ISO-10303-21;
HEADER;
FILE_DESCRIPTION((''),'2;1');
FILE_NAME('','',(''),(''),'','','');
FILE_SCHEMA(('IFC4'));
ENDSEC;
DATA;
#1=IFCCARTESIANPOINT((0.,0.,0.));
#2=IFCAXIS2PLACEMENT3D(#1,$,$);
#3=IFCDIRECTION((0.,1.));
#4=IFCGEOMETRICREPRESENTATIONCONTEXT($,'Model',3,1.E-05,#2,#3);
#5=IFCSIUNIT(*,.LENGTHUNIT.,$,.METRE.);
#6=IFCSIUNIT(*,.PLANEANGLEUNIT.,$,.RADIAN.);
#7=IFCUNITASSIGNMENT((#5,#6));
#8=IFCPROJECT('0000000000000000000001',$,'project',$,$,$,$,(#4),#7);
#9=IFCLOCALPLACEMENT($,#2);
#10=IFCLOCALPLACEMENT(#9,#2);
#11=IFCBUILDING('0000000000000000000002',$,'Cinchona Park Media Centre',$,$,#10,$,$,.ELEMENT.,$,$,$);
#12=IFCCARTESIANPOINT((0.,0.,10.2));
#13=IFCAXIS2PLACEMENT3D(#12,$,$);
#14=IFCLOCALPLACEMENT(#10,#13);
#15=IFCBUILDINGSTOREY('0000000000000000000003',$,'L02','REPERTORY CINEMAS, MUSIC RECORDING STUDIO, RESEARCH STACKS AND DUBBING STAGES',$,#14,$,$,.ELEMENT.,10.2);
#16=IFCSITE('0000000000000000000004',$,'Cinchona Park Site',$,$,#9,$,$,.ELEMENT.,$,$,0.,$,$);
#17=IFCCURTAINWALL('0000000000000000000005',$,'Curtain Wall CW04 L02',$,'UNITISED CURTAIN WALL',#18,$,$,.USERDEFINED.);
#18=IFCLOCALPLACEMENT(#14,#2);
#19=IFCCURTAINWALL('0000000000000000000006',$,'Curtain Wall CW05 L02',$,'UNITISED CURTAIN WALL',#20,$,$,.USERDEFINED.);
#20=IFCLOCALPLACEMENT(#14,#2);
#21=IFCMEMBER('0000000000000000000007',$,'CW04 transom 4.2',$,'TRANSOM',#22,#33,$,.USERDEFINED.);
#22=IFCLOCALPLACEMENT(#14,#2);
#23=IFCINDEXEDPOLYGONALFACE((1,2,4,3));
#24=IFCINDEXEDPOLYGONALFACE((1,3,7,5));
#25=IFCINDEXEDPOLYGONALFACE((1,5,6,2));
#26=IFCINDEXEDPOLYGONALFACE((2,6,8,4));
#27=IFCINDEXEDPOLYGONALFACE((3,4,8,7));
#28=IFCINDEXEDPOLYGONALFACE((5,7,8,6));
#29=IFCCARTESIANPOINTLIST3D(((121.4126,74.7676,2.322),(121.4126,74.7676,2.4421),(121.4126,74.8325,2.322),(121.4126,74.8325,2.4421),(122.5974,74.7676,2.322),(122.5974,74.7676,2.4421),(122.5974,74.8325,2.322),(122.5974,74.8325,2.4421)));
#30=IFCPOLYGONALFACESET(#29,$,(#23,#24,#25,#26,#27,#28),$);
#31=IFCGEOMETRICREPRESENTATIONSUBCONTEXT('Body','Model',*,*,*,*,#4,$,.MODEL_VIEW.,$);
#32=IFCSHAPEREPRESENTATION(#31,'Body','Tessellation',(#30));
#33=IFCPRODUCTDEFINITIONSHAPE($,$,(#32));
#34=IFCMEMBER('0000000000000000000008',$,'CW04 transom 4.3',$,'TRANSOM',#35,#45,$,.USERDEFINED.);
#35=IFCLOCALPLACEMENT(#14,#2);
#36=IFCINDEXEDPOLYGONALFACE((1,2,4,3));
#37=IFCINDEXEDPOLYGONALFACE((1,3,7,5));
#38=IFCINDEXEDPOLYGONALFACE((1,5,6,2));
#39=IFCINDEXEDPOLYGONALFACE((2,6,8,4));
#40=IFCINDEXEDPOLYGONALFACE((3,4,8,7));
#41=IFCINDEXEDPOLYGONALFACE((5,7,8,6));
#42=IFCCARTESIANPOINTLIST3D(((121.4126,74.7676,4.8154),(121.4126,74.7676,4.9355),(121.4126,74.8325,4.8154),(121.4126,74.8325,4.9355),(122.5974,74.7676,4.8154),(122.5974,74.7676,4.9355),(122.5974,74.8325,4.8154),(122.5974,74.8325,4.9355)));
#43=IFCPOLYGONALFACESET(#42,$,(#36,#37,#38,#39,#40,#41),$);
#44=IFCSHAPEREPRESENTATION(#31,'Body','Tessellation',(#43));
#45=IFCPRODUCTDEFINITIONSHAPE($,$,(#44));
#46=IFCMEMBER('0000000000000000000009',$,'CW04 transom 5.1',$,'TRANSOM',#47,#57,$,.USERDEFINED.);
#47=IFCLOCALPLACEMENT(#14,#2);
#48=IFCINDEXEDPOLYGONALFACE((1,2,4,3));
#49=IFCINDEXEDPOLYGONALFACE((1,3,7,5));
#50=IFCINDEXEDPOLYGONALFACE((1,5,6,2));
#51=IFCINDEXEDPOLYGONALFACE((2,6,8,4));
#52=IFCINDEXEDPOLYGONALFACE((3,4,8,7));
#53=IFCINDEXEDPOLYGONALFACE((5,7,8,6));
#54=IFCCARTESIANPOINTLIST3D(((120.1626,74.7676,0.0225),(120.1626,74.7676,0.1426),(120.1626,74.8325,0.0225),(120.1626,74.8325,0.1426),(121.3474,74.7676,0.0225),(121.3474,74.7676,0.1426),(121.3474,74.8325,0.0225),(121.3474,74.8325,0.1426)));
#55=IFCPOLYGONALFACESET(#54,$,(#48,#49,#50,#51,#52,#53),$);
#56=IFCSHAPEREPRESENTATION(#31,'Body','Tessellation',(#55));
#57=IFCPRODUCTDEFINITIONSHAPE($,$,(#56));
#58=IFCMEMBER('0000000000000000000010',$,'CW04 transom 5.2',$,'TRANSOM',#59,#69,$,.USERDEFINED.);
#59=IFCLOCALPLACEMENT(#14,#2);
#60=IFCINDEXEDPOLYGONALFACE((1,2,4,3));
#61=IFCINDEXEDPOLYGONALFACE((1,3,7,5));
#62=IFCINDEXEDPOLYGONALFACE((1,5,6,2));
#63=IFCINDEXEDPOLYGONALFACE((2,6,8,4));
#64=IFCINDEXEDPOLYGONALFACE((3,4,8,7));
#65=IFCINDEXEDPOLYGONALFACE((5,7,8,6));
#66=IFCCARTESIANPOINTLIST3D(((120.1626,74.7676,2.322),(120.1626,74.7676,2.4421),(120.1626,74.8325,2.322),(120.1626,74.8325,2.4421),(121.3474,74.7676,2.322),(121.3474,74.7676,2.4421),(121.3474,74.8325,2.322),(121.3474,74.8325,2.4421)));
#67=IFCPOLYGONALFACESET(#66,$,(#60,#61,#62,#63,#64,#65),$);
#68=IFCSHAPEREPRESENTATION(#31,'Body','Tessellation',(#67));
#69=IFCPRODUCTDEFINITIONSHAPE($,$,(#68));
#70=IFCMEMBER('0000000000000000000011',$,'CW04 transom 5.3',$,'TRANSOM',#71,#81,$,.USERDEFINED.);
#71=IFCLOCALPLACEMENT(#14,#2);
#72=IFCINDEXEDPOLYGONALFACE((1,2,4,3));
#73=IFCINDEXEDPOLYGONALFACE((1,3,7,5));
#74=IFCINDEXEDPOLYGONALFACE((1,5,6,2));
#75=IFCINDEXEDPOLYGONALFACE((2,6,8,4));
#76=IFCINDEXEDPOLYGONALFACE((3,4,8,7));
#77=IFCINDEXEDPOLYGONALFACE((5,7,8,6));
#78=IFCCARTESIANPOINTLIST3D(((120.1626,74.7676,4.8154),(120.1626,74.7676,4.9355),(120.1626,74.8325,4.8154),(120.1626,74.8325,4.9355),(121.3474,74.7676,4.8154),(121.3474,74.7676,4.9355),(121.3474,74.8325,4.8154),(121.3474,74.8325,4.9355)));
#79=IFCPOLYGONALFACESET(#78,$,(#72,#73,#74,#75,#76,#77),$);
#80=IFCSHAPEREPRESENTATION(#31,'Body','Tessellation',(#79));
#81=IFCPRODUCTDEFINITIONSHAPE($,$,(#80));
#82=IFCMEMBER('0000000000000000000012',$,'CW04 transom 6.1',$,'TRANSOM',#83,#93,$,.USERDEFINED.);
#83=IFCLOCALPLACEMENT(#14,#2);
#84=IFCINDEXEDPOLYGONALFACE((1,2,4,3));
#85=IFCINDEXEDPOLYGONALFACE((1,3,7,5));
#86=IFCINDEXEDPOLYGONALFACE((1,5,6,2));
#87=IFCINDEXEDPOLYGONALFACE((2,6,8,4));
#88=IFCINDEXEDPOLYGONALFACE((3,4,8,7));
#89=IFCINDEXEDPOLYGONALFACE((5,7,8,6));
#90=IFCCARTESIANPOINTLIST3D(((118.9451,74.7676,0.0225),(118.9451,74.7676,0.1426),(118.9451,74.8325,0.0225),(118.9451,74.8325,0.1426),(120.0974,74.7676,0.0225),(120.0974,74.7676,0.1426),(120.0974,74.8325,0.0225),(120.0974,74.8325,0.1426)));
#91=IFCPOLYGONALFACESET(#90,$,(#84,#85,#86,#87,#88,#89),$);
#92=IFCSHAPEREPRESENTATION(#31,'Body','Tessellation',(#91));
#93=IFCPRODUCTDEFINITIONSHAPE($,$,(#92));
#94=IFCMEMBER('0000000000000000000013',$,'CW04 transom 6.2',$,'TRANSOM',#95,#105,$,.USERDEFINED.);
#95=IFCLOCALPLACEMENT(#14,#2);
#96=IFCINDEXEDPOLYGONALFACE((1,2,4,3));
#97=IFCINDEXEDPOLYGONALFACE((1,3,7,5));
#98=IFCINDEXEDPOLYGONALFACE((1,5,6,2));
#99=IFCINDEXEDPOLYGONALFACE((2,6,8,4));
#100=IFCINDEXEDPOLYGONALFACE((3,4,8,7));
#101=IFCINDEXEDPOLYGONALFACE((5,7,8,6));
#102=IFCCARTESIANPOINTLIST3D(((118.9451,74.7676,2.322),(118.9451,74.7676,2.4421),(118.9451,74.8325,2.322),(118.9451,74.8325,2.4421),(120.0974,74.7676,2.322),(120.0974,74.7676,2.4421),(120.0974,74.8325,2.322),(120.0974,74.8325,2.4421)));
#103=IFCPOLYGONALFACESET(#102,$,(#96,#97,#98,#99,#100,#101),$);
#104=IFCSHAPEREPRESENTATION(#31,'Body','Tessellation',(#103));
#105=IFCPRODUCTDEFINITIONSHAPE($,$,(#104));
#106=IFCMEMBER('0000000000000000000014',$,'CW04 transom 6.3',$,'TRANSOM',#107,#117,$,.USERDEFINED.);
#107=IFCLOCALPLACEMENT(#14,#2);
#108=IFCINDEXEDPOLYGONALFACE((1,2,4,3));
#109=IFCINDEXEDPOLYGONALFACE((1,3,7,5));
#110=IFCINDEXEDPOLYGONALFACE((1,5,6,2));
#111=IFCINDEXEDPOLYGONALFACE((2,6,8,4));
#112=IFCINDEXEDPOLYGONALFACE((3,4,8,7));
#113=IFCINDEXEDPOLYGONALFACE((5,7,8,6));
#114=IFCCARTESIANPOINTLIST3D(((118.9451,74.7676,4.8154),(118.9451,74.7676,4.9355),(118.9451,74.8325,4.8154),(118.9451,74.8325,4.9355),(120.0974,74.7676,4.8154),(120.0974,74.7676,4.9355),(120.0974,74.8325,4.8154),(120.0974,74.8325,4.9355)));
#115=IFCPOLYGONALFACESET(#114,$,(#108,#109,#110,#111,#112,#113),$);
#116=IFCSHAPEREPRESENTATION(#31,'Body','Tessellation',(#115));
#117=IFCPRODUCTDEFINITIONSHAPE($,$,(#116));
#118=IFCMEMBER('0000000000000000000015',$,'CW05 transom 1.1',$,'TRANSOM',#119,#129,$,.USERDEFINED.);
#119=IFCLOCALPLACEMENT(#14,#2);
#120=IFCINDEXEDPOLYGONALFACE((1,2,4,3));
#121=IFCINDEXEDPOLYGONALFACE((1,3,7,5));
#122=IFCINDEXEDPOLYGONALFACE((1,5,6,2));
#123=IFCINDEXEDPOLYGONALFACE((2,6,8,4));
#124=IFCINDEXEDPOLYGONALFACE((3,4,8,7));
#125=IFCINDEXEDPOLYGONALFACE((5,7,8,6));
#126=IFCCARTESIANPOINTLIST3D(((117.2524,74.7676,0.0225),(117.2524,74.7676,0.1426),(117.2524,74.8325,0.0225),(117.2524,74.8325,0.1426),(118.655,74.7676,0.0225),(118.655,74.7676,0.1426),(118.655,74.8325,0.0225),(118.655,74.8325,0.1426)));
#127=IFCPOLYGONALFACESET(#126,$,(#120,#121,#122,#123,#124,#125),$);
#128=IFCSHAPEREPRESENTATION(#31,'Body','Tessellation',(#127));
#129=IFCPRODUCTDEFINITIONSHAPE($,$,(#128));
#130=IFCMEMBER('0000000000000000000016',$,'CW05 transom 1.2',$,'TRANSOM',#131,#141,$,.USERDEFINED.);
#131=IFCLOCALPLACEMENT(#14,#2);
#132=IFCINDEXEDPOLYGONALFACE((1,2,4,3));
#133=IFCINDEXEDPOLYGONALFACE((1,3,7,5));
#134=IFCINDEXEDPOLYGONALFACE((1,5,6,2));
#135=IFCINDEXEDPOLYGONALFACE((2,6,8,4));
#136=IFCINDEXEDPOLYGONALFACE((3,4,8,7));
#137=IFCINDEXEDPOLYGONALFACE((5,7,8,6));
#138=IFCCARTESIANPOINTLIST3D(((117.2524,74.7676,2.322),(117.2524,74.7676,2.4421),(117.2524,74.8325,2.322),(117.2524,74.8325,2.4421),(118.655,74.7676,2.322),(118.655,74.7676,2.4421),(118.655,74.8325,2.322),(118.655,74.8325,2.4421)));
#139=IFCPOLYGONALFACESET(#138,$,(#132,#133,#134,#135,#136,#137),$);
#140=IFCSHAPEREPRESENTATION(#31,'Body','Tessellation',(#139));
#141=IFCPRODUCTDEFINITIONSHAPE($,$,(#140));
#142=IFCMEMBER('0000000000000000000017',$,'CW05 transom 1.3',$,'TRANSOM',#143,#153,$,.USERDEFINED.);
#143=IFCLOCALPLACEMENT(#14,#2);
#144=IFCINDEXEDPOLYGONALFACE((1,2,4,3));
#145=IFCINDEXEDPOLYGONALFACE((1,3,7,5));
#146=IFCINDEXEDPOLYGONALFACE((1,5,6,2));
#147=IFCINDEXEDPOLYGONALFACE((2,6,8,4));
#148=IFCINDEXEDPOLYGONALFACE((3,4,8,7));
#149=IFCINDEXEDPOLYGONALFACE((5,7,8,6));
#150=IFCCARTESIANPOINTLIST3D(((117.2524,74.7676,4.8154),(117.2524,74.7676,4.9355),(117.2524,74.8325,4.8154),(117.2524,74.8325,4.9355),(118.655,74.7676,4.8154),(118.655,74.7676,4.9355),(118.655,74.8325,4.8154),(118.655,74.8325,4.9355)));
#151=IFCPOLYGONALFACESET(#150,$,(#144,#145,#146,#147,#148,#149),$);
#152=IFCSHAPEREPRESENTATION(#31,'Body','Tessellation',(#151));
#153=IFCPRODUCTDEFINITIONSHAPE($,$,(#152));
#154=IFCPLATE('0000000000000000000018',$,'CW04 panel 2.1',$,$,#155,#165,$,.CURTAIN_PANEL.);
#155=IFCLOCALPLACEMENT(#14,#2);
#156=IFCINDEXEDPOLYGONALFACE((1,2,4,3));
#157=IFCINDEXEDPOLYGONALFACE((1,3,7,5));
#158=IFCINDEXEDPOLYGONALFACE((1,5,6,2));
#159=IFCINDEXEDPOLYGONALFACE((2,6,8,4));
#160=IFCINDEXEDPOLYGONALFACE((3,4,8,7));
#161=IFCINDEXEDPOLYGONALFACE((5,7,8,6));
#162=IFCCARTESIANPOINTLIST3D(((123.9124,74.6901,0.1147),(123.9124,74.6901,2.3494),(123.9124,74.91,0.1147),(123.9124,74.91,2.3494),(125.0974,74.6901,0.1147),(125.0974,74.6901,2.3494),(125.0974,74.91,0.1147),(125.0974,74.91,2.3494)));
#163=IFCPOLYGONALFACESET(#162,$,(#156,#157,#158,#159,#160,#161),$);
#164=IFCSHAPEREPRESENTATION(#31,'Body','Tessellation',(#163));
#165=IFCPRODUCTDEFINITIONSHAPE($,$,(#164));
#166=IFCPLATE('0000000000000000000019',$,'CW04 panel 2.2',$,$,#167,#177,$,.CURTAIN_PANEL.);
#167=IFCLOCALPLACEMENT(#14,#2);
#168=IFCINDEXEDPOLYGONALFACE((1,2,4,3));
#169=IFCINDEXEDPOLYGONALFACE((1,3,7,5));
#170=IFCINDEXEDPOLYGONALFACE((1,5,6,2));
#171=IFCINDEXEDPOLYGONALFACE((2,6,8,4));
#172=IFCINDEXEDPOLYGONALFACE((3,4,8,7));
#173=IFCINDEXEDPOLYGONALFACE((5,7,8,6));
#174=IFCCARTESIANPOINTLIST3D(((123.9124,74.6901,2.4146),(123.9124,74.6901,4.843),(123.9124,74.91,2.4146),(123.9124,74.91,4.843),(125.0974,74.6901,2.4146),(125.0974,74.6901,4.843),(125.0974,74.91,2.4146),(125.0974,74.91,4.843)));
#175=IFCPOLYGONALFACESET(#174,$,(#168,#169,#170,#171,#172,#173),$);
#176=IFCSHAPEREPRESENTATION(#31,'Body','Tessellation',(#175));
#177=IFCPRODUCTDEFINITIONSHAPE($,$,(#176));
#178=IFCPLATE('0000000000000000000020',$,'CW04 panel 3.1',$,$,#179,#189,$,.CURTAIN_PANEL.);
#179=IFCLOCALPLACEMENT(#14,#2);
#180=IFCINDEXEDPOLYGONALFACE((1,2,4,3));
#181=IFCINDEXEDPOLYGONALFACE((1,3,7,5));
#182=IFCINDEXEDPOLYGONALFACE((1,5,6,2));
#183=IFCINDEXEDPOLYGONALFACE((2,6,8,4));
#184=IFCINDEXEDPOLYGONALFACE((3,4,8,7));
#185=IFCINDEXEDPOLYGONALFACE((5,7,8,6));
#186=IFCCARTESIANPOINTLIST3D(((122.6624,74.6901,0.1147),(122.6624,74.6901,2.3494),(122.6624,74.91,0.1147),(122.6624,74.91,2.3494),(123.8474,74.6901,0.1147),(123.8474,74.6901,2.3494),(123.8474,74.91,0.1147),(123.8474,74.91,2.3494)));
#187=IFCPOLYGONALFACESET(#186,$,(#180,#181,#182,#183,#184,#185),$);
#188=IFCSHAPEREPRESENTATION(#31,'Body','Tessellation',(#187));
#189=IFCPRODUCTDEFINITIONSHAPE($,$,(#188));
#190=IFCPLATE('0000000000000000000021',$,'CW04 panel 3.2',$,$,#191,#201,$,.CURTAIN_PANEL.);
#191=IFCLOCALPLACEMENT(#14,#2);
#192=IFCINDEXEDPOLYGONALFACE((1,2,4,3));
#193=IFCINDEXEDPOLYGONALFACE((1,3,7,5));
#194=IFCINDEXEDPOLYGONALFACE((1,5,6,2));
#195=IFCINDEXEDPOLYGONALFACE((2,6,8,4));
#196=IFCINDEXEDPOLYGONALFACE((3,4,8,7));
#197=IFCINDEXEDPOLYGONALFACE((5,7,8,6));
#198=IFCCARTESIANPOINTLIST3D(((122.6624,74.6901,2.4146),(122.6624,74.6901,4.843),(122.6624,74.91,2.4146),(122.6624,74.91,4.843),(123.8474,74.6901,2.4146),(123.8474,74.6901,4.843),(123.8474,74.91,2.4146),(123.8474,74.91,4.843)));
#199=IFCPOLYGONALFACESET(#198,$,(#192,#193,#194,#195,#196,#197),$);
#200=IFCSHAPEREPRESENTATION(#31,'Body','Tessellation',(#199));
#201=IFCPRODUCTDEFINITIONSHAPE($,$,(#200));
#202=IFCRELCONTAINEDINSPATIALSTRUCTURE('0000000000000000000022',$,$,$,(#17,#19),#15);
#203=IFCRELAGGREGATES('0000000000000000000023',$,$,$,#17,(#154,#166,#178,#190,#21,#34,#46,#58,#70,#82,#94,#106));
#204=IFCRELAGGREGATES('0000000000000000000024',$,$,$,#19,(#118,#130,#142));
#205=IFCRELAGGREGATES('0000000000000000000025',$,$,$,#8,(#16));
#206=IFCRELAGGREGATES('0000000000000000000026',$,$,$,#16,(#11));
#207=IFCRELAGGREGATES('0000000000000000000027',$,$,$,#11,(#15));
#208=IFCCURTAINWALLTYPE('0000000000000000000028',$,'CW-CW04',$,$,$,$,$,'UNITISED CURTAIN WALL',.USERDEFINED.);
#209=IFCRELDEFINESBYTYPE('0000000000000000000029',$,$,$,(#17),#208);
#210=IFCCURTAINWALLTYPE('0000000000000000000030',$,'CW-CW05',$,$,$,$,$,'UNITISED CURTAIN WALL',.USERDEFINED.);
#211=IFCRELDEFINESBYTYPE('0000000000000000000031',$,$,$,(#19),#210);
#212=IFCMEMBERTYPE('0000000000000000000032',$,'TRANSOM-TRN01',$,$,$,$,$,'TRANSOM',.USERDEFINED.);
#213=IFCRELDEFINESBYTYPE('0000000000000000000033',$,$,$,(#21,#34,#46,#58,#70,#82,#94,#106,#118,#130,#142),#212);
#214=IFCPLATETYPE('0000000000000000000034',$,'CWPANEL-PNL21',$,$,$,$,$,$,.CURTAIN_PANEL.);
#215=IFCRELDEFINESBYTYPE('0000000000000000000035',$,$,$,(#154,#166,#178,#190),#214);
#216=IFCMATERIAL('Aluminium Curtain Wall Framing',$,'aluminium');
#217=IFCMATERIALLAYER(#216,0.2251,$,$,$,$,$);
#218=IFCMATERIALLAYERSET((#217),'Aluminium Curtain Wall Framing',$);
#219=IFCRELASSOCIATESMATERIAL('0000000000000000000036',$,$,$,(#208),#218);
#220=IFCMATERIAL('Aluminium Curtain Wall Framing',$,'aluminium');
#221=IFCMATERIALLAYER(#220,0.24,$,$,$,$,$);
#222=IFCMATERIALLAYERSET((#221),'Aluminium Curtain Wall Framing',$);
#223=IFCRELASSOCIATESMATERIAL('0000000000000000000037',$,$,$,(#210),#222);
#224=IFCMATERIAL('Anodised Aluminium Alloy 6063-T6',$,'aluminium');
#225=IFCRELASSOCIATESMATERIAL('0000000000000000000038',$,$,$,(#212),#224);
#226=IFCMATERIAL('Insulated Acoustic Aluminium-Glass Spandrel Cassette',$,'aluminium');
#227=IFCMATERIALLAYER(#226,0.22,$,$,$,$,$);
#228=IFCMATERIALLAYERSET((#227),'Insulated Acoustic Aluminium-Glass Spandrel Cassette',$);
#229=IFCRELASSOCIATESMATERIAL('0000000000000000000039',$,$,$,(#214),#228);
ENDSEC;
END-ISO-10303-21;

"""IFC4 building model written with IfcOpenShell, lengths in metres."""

from ifc_helpers import new_model, si_unit, direction, frame, origin, origin_2d, place, context, subcontext, project, spatial, rectangle, extrude, material, layer, layer_set, material_profile, profile_set, type_object, element, aggregate, save


model = new_model("IFC4")

# Units and contexts
model_context = context("Model", 3, precision=1e-05, world=origin(), true_north=direction((0.0, 1.0)))
body_context = subcontext(model_context, "Body", "Model", "MODEL_VIEW")
ifc_project = project(units=[si_unit("LENGTHUNIT", "METRE"), si_unit("PLANEANGLEUNIT", "RADIAN")], contexts=[model_context])

# Site, building, storey
site_placement = place(None, origin())
site = spatial("IfcSite", under=ifc_project, at=site_placement, Name="Cinchona Park Site", CompositionType="ELEMENT", RefElevation=0.0)
building_placement = place(site_placement, origin())
building = spatial("IfcBuilding", under=site, at=building_placement, Name="Cinchona Park Media Centre", CompositionType="ELEMENT")
storey_placement = place(building_placement, frame((0.0, 0.0, 10.2)))
storey = spatial("IfcBuildingStorey", under=building, at=storey_placement, Name="L02", Description="REPERTORY CINEMAS, MUSIC RECORDING STUDIO, RESEARCH STACKS AND DUBBING STAGES", CompositionType="ELEMENT", Elevation=10.2)

# Curtain walls
ifc_material_1 = material(Name="Aluminium Curtain Wall Framing", Category="aluminium")
ifc_layer_1 = layer(ifc_material_1, 0.2251)
ifc_layer_set_1 = layer_set([ifc_layer_1], Name="Aluminium Curtain Wall Framing")
curtain_wall_type_1 = type_object("IfcCurtainWallType", Name="CW-CW04", ElementType="UNITISED CURTAIN WALL", PredefinedType="USERDEFINED", material=ifc_layer_set_1)
curtain_wall_1_placement = place(storey_placement, origin())
curtain_wall_1 = element("IfcCurtainWall", 1, at=curtain_wall_1_placement, inside=storey, type_object=curtain_wall_type_1, Name="Curtain Wall CW04 L02", ObjectType="UNITISED CURTAIN WALL", PredefinedType="USERDEFINED")
ifc_material_2 = material(Name="Aluminium Curtain Wall Framing", Category="aluminium")
ifc_layer_2 = layer(ifc_material_2, 0.24)
ifc_layer_set_2 = layer_set([ifc_layer_2], Name="Aluminium Curtain Wall Framing")
curtain_wall_type_2 = type_object("IfcCurtainWallType", Name="CW-CW05", ElementType="UNITISED CURTAIN WALL", PredefinedType="USERDEFINED", material=ifc_layer_set_2)
curtain_wall_2_placement = place(storey_placement, origin())
curtain_wall_2 = element("IfcCurtainWall", 2, at=curtain_wall_2_placement, inside=storey, type_object=curtain_wall_type_2, Name="Curtain Wall CW05 L02", ObjectType="UNITISED CURTAIN WALL", PredefinedType="USERDEFINED")

# Members
ifc_material_3 = material(Name="Anodised Aluminium Alloy 6063-T6", Category="aluminium")
ifc_material_profile_1 = material_profile(ifc_material_3, rectangle(XDim=0.0649, YDim=0.1201, at=origin_2d()), Name="TRN-65X120")
ifc_profile_set_1 = profile_set([ifc_material_profile_1], Name="Anodised Aluminium Alloy 6063-T6")
member_type_1 = type_object("IfcMemberType", Name="TRANSOM-TRN01", ElementType="TRANSOM", PredefinedType="USERDEFINED", material=ifc_profile_set_1)
member_1_placement = place(storey_placement, frame((122.5974, 74.8, 2.3821), z_axis=(-1.0, 0.0, 0.0), x_axis=(0.0, -1.0, 0.0)))
member_1 = element("IfcMember", 3, at=member_1_placement, type_object=member_type_1, Name="CW04 transom 4.2", ObjectType="TRANSOM", PredefinedType="USERDEFINED", context=body_context, shape_type="SweptSolid", body=[
    extrude(rectangle(XDim=0.0649, YDim=0.1201, at=origin_2d()), origin(), (0.0, 0.0, 1.0), 1.1848),
])
member_2_placement = place(storey_placement, frame((122.5974, 74.8, 4.8755), z_axis=(-1.0, 0.0, 0.0), x_axis=(0.0, -1.0, 0.0)))
member_2 = element("IfcMember", 4, at=member_2_placement, type_object=member_type_1, Name="CW04 transom 4.3", ObjectType="TRANSOM", PredefinedType="USERDEFINED", context=body_context, shape_type="SweptSolid", body=[
    extrude(rectangle(XDim=0.0649, YDim=0.1201, at=origin_2d()), origin(), (0.0, 0.0, 1.0), 1.1848),
])
member_3_placement = place(storey_placement, frame((121.3474, 74.8, 0.0825), z_axis=(-1.0, 0.0, 0.0), x_axis=(0.0, -1.0, 0.0)))
member_3 = element("IfcMember", 5, at=member_3_placement, type_object=member_type_1, Name="CW04 transom 5.1", ObjectType="TRANSOM", PredefinedType="USERDEFINED", context=body_context, shape_type="SweptSolid", body=[
    extrude(rectangle(XDim=0.0649, YDim=0.1201, at=origin_2d()), origin(), (0.0, 0.0, 1.0), 1.1848),
])
member_4_placement = place(storey_placement, frame((121.3474, 74.8, 2.3821), z_axis=(-1.0, 0.0, 0.0), x_axis=(0.0, -1.0, 0.0)))
member_4 = element("IfcMember", 6, at=member_4_placement, type_object=member_type_1, Name="CW04 transom 5.2", ObjectType="TRANSOM", PredefinedType="USERDEFINED", context=body_context, shape_type="SweptSolid", body=[
    extrude(rectangle(XDim=0.0649, YDim=0.1201, at=origin_2d()), origin(), (0.0, 0.0, 1.0), 1.1848),
])
member_5_placement = place(storey_placement, frame((121.3474, 74.8, 4.8755), z_axis=(-1.0, 0.0, 0.0), x_axis=(0.0, -1.0, 0.0)))
member_5 = element("IfcMember", 7, at=member_5_placement, type_object=member_type_1, Name="CW04 transom 5.3", ObjectType="TRANSOM", PredefinedType="USERDEFINED", context=body_context, shape_type="SweptSolid", body=[
    extrude(rectangle(XDim=0.0649, YDim=0.1201, at=origin_2d()), origin(), (0.0, 0.0, 1.0), 1.1848),
])
member_6_placement = place(storey_placement, frame((120.0974, 74.8, 0.0825), z_axis=(-1.0, 0.0, 0.0), x_axis=(0.0, -1.0, 0.0)))
member_6 = element("IfcMember", 8, at=member_6_placement, type_object=member_type_1, Name="CW04 transom 6.1", ObjectType="TRANSOM", PredefinedType="USERDEFINED", context=body_context, shape_type="SweptSolid", body=[
    extrude(rectangle(XDim=0.0649, YDim=0.1201, at=origin_2d()), origin(), (0.0, 0.0, 1.0), 1.1523),
])
member_7_placement = place(storey_placement, frame((120.0974, 74.8, 2.3821), z_axis=(-1.0, 0.0, 0.0), x_axis=(0.0, -1.0, 0.0)))
member_7 = element("IfcMember", 9, at=member_7_placement, type_object=member_type_1, Name="CW04 transom 6.2", ObjectType="TRANSOM", PredefinedType="USERDEFINED", context=body_context, shape_type="SweptSolid", body=[
    extrude(rectangle(XDim=0.0649, YDim=0.1201, at=origin_2d()), origin(), (0.0, 0.0, 1.0), 1.1523),
])
member_8_placement = place(storey_placement, frame((120.0974, 74.8, 4.8755), z_axis=(-1.0, 0.0, 0.0), x_axis=(0.0, -1.0, 0.0)))
member_8 = element("IfcMember", 10, at=member_8_placement, type_object=member_type_1, Name="CW04 transom 6.3", ObjectType="TRANSOM", PredefinedType="USERDEFINED", context=body_context, shape_type="SweptSolid", body=[
    extrude(rectangle(XDim=0.0649, YDim=0.1201, at=origin_2d()), origin(), (0.0, 0.0, 1.0), 1.1523),
])
member_9_placement = place(storey_placement, frame((118.655, 74.8, 0.0825), z_axis=(-1.0, 0.0, 0.0), x_axis=(0.0, -1.0, 0.0)))
member_9 = element("IfcMember", 11, at=member_9_placement, type_object=member_type_1, Name="CW05 transom 1.1", ObjectType="TRANSOM", PredefinedType="USERDEFINED", context=body_context, shape_type="SweptSolid", body=[
    extrude(rectangle(XDim=0.0649, YDim=0.1201, at=origin_2d()), origin(), (0.0, 0.0, 1.0), 1.4026),
])
member_10_placement = place(storey_placement, frame((118.655, 74.8, 2.3821), z_axis=(-1.0, 0.0, 0.0), x_axis=(0.0, -1.0, 0.0)))
member_10 = element("IfcMember", 12, at=member_10_placement, type_object=member_type_1, Name="CW05 transom 1.2", ObjectType="TRANSOM", PredefinedType="USERDEFINED", context=body_context, shape_type="SweptSolid", body=[
    extrude(rectangle(XDim=0.0649, YDim=0.1201, at=origin_2d()), origin(), (0.0, 0.0, 1.0), 1.4026),
])
member_11_placement = place(storey_placement, frame((118.655, 74.8, 4.8755), z_axis=(-1.0, 0.0, 0.0), x_axis=(0.0, -1.0, 0.0)))
member_11 = element("IfcMember", 13, at=member_11_placement, type_object=member_type_1, Name="CW05 transom 1.3", ObjectType="TRANSOM", PredefinedType="USERDEFINED", context=body_context, shape_type="SweptSolid", body=[
    extrude(rectangle(XDim=0.0649, YDim=0.1201, at=origin_2d()), origin(), (0.0, 0.0, 1.0), 1.4026),
])

# Plates
ifc_material_4 = material(Name="Insulated Acoustic Aluminium-Glass Spandrel Cassette", Category="aluminium")
ifc_layer_3 = layer(ifc_material_4, 0.22)
ifc_layer_set_3 = layer_set([ifc_layer_3], Name="Insulated Acoustic Aluminium-Glass Spandrel Cassette")
plate_type_1 = type_object("IfcPlateType", Name="CWPANEL-PNL21", PredefinedType="CURTAIN_PANEL", material=ifc_layer_set_3)
plate_1_placement = place(storey_placement, frame((124.5049, 74.8, 0.1147), z_axis=(0.0, 0.0, 1.0), x_axis=(-1.0, 0.0, 0.0)))
plate_1 = element("IfcPlate", 14, at=plate_1_placement, type_object=plate_type_1, Name="CW04 panel 2.1", PredefinedType="CURTAIN_PANEL", context=body_context, shape_type="SweptSolid", body=[
    extrude(rectangle(XDim=1.1851, YDim=0.22, at=origin_2d()), origin(), (0.0, 0.0, 1.0), 2.2346),
])
plate_2_placement = place(storey_placement, frame((124.5049, 74.8, 2.4146), z_axis=(0.0, 0.0, 1.0), x_axis=(-1.0, 0.0, 0.0)))
plate_2 = element("IfcPlate", 15, at=plate_2_placement, type_object=plate_type_1, Name="CW04 panel 2.2", PredefinedType="CURTAIN_PANEL", context=body_context, shape_type="SweptSolid", body=[
    extrude(rectangle(XDim=1.1851, YDim=0.22, at=origin_2d()), origin(), (0.0, 0.0, 1.0), 2.4285),
])
plate_3_placement = place(storey_placement, frame((123.2549, 74.8, 0.1147), z_axis=(0.0, 0.0, 1.0), x_axis=(-1.0, 0.0, 0.0)))
plate_3 = element("IfcPlate", 16, at=plate_3_placement, type_object=plate_type_1, Name="CW04 panel 3.1", PredefinedType="CURTAIN_PANEL", context=body_context, shape_type="SweptSolid", body=[
    extrude(rectangle(XDim=1.1851, YDim=0.22, at=origin_2d()), origin(), (0.0, 0.0, 1.0), 2.2346),
])
plate_4_placement = place(storey_placement, frame((123.2549, 74.8, 2.4146), z_axis=(0.0, 0.0, 1.0), x_axis=(-1.0, 0.0, 0.0)))
plate_4 = element("IfcPlate", 17, at=plate_4_placement, type_object=plate_type_1, Name="CW04 panel 3.2", PredefinedType="CURTAIN_PANEL", context=body_context, shape_type="SweptSolid", body=[
    extrude(rectangle(XDim=1.1851, YDim=0.22, at=origin_2d()), origin(), (0.0, 0.0, 1.0), 2.4285),
])
aggregate(curtain_wall_1, [plate_1, plate_2, plate_3, plate_4, member_1, member_2, member_3, member_4, member_5, member_6, member_7, member_8])
aggregate(curtain_wall_2, [member_9, member_10, member_11])

save(model, "model.ifc")
